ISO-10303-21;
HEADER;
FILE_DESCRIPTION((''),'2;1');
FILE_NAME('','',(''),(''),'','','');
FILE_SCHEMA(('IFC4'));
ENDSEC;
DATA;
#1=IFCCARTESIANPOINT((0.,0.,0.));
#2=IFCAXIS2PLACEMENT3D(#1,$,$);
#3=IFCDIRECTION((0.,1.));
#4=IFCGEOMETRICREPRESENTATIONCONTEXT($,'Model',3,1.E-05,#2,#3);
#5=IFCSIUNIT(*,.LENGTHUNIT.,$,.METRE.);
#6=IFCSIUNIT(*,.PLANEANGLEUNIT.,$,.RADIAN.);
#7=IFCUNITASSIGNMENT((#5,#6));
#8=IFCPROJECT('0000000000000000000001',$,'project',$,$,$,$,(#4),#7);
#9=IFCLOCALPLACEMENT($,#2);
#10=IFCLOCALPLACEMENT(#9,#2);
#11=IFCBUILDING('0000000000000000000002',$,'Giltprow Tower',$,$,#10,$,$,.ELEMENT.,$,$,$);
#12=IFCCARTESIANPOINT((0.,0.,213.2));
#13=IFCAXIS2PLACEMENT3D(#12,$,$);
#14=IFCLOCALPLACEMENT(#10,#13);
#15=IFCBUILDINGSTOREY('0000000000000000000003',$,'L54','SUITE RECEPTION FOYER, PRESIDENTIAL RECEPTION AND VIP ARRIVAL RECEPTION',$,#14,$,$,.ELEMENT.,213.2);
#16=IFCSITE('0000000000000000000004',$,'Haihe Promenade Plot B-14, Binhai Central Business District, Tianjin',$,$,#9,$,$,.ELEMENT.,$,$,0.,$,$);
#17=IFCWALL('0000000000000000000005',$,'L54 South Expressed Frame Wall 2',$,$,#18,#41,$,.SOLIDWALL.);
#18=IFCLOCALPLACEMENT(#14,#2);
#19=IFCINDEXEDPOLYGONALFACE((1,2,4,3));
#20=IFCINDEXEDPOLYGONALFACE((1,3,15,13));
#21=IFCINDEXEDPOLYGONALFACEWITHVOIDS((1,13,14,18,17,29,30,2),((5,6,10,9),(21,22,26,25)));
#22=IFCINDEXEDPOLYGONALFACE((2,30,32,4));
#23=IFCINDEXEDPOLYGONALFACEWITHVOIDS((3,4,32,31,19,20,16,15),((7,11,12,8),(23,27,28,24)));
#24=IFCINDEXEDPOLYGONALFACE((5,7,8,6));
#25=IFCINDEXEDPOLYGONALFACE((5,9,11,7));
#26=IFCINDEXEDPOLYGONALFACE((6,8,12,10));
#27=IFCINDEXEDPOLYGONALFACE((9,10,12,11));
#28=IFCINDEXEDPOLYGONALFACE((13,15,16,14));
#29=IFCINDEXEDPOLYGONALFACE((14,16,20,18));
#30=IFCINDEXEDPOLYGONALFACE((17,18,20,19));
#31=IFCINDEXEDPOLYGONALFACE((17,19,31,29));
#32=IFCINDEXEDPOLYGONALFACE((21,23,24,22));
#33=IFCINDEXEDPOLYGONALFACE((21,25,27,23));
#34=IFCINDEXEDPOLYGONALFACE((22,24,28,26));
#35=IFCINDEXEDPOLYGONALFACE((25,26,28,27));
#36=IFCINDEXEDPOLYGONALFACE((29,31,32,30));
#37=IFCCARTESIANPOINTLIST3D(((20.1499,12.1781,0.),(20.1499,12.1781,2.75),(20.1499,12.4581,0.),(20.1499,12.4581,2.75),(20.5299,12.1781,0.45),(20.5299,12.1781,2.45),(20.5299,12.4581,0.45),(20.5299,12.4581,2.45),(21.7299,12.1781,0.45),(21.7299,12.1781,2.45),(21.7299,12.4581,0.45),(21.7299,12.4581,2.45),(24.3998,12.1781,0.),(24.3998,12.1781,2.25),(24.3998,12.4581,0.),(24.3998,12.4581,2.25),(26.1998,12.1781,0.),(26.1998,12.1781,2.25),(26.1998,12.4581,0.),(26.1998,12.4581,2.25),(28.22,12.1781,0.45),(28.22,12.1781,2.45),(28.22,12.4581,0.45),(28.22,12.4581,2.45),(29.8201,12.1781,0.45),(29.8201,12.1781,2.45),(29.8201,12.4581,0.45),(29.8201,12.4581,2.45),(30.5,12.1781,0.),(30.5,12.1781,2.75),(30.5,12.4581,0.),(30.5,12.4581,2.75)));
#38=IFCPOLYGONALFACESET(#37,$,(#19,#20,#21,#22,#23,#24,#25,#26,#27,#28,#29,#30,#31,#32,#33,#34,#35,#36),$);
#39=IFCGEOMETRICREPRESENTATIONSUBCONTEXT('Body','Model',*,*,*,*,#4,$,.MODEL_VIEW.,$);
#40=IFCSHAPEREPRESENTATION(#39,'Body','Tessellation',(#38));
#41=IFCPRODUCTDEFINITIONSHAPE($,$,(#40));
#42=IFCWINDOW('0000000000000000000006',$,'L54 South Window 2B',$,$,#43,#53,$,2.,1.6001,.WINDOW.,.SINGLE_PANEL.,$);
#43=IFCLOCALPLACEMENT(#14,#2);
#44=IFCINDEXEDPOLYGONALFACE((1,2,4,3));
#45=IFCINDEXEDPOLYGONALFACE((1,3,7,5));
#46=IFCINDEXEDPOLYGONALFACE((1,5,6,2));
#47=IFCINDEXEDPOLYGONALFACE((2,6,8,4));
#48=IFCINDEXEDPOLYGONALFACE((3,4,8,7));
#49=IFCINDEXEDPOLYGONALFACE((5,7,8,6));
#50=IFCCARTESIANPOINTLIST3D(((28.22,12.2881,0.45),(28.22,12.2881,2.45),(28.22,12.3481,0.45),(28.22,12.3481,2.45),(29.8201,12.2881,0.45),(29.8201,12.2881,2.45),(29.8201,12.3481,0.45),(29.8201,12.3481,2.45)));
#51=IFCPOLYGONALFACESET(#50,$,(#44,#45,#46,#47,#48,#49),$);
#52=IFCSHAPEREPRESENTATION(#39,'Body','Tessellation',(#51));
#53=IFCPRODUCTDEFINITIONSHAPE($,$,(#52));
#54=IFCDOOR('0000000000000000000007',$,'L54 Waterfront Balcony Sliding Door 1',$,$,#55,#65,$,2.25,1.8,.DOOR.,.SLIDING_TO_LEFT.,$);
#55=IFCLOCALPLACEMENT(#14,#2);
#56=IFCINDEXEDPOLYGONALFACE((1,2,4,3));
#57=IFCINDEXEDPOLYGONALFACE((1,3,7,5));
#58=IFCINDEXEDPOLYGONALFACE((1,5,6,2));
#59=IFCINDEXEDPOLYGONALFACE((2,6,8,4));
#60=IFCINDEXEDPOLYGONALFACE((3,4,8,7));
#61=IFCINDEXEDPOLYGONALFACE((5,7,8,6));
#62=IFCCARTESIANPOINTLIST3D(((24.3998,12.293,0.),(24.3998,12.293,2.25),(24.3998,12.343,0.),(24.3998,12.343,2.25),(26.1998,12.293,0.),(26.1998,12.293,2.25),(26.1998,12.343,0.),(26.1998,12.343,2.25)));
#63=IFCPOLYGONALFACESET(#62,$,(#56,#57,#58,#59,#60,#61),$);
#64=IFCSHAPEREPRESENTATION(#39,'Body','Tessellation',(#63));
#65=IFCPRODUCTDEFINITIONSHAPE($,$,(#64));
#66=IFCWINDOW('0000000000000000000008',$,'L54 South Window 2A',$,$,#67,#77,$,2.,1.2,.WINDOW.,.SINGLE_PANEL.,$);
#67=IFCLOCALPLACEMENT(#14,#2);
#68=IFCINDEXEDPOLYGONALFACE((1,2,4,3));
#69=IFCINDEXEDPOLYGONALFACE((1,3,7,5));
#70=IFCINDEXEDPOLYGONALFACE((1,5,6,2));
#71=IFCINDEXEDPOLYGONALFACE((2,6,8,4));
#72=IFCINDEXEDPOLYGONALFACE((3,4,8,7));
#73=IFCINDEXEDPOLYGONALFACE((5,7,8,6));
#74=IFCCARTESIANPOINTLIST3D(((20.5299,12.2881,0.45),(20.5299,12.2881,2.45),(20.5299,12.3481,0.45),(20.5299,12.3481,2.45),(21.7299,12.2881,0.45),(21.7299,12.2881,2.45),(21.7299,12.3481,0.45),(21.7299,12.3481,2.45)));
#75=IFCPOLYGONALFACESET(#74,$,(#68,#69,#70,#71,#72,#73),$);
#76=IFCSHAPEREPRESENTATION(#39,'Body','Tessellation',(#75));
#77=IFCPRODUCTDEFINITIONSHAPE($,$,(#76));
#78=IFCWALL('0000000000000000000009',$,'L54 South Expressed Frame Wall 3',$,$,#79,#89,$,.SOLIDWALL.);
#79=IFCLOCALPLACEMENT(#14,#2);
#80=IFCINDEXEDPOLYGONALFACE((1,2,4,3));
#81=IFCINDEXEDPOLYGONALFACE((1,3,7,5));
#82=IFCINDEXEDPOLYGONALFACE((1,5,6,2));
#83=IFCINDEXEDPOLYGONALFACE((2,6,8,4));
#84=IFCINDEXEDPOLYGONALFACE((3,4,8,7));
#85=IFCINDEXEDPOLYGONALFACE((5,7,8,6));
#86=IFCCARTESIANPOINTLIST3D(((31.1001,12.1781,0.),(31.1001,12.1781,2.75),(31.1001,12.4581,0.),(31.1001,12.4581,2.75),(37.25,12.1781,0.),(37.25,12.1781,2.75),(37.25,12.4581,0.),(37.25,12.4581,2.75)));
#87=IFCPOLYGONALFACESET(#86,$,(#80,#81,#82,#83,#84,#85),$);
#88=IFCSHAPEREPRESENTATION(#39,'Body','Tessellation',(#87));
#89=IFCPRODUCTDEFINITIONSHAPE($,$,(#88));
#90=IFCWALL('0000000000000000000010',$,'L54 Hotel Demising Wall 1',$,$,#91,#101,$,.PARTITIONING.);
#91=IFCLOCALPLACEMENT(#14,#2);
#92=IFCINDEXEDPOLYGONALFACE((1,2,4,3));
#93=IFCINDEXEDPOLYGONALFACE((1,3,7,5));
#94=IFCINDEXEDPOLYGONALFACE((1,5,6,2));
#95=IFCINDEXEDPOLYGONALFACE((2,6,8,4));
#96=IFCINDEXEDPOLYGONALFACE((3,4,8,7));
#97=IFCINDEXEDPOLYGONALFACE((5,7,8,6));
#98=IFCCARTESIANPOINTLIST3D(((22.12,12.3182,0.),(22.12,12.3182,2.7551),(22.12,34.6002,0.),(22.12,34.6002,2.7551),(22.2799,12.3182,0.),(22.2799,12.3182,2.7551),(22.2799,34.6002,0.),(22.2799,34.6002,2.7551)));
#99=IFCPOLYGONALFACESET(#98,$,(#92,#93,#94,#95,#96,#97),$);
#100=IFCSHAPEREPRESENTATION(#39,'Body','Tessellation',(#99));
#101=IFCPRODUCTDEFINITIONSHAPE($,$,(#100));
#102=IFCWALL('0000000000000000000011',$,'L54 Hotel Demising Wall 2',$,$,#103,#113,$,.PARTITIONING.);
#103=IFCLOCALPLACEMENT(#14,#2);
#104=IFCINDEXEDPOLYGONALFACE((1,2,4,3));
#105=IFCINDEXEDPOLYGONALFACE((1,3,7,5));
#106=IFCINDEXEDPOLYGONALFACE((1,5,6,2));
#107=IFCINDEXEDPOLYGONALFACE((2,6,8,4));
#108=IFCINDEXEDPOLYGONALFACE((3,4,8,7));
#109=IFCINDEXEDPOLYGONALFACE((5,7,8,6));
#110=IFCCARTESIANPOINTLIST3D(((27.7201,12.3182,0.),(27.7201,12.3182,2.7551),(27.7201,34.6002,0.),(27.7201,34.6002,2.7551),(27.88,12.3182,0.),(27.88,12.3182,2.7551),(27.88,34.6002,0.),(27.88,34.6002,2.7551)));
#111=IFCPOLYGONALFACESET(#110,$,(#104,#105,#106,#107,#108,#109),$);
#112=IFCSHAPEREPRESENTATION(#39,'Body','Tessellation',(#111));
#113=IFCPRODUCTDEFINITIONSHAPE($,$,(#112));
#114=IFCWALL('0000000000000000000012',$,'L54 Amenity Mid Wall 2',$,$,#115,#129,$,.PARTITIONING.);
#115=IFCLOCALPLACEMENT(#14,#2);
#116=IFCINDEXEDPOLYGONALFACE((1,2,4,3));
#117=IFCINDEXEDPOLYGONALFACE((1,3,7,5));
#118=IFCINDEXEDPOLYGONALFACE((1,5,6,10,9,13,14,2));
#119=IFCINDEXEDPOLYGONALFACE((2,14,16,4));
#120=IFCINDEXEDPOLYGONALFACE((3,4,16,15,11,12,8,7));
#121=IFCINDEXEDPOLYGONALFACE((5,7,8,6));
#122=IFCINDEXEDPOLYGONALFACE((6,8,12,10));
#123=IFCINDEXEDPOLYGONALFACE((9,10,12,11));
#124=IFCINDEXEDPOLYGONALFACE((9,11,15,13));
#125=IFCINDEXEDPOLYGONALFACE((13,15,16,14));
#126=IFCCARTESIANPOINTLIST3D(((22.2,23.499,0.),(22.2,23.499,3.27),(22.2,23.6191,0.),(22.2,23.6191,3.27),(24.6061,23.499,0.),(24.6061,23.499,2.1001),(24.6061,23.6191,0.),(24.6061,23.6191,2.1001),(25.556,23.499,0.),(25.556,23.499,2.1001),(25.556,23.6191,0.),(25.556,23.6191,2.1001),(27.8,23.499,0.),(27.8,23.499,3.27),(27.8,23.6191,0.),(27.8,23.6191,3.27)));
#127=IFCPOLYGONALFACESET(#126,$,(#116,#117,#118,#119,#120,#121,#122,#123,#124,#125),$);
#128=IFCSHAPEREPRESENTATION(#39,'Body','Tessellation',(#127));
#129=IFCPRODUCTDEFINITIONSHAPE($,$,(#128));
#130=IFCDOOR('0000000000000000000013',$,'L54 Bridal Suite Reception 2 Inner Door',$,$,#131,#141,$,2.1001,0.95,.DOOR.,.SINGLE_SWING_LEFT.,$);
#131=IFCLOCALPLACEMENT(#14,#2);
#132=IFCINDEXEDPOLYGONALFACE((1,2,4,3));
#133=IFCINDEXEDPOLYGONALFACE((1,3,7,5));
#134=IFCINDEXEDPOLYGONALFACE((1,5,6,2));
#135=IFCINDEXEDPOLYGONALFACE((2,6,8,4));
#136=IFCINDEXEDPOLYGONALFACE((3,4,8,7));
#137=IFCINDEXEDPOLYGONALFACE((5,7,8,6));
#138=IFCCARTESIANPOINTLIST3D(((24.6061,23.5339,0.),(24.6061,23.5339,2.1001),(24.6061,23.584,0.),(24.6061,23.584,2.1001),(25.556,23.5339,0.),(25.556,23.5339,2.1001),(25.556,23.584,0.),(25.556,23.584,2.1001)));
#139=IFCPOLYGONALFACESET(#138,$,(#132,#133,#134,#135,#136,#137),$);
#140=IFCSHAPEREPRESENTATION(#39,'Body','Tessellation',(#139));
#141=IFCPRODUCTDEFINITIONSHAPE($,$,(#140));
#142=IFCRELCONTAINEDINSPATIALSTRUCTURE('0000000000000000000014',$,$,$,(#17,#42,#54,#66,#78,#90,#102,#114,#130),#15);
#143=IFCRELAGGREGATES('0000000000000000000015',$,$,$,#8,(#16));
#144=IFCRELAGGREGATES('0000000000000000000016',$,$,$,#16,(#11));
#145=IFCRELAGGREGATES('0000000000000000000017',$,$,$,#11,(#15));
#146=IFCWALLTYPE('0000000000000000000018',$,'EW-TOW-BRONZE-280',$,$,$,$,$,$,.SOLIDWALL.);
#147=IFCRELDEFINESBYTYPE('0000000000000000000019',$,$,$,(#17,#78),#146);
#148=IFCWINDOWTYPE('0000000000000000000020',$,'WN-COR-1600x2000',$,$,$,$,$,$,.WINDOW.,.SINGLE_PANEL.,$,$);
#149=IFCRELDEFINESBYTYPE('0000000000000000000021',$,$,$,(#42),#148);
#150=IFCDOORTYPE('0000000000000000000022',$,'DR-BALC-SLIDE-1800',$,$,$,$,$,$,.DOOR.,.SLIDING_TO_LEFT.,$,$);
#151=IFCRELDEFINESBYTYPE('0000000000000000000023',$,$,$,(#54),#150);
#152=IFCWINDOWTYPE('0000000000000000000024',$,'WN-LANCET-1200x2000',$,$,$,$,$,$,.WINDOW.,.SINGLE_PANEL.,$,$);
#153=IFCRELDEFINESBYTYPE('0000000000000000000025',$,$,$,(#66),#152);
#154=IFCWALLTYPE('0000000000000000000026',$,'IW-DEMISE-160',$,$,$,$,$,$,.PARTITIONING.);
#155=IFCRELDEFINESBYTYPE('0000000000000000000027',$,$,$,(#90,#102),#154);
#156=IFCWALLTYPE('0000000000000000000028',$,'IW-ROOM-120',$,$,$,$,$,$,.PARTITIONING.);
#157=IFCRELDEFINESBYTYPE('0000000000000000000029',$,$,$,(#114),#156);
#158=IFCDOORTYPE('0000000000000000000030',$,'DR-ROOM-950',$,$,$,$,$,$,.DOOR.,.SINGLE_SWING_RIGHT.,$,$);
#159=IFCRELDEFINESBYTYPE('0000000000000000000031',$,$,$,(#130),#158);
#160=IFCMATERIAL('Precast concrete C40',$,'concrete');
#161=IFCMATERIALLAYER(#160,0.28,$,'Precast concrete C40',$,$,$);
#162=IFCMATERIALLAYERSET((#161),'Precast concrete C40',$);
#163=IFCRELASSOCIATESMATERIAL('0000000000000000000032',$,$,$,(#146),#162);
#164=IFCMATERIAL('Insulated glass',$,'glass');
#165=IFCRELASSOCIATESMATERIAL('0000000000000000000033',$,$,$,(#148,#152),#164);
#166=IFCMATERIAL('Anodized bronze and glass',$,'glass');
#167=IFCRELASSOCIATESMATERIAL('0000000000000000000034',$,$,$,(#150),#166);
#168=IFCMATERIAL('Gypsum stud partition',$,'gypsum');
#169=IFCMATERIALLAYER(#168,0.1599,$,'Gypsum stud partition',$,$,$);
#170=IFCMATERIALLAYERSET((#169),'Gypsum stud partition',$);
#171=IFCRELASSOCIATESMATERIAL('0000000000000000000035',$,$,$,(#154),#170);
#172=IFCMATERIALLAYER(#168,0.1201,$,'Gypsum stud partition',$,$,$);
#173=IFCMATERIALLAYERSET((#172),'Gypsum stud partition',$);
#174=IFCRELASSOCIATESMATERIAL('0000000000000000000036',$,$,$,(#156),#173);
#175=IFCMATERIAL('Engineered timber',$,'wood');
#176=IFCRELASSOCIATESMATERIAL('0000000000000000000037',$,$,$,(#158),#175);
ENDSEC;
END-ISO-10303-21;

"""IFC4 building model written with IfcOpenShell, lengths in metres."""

from ifc_helpers import new_model, si_unit, direction, frame, frame_2d, origin, place, context, subcontext, project, spatial, rectangle, extrude, source, transform, mapped, material, layer, layer_set, type_object, element, fill, save


model = new_model("IFC4")

# Units and contexts
model_context = context("Model", 3, precision=1e-05, world=origin(), true_north=direction((0.0, 1.0)))
body_context = subcontext(model_context, "Body", "Model", "MODEL_VIEW")
ifc_project = project(units=[si_unit("LENGTHUNIT", "METRE"), si_unit("PLANEANGLEUNIT", "RADIAN")], contexts=[model_context])

# Site, building, storey
site_placement = place(None, origin())
site = spatial("IfcSite", under=ifc_project, at=site_placement, Name="Haihe Promenade Plot B-14, Binhai Central Business District, Tianjin", CompositionType="ELEMENT", RefElevation=0.0)
building_placement = place(site_placement, origin())
building = spatial("IfcBuilding", under=site, at=building_placement, Name="Giltprow Tower", CompositionType="ELEMENT")
storey_placement = place(building_placement, frame((0.0, 0.0, 213.2)))
storey = spatial("IfcBuildingStorey", under=building, at=storey_placement, Name="L54", Description="SUITE RECEPTION FOYER, PRESIDENTIAL RECEPTION AND VIP ARRIVAL RECEPTION", CompositionType="ELEMENT", Elevation=213.2)

# Wall, openings, windows, door
ifc_material_1 = material(Name="Precast concrete C40", Category="concrete")
ifc_layer_1 = layer(ifc_material_1, 0.28, Name="Precast concrete C40")
ifc_layer_set_1 = layer_set([ifc_layer_1], Name="Precast concrete C40")
wall_type_1 = type_object("IfcWallType", Name="EW-TOW-BRONZE-280", PredefinedType="SOLIDWALL", material=ifc_layer_set_1)
wall_1_placement = place(storey_placement, frame((20.1499, 12.3181, 0.0), z_axis=(0.0, 0.0, 1.0), x_axis=(1.0, 0.0, 0.0)))
wall_1 = element("IfcWall", 1, at=wall_1_placement, inside=storey, type_object=wall_type_1, Name="L54 South Expressed Frame Wall 2", PredefinedType="SOLIDWALL", context=body_context, shape_type="SweptSolid", body=[
    extrude(rectangle(XDim=10.3501, YDim=0.28, at=frame_2d((5.175, 0.0))), origin(), (0.0, 0.0, 1.0), 2.75),
])
opening_1_placement = place(wall_1_placement, frame((4.25, 0.0, 0.0)))
opening_1 = element("IfcOpeningElement", 2, at=opening_1_placement, cuts=wall_1, PredefinedType="OPENING", context=body_context, shape_type="SweptSolid", body=[
    extrude(rectangle(XDim=1.8, YDim=2.25, at=frame_2d((0.8999, 1.125))), frame((0.0, 0.1499, 0.0), z_axis=(0.0, -1.0, 0.0), x_axis=(1.0, 0.0, 0.0)), (0.0, 0.0, 1.0), 0.3),
])
opening_2_placement = place(wall_1_placement, frame((0.3799, 0.0, 0.45)))
opening_2 = element("IfcOpeningElement", 3, at=opening_2_placement, cuts=wall_1, PredefinedType="OPENING", context=body_context, shape_type="SweptSolid", body=[
    extrude(rectangle(XDim=1.2, YDim=2.0, at=frame_2d((0.6001, 1.0))), frame((0.0, 0.1499, 0.0), z_axis=(0.0, -1.0, 0.0), x_axis=(1.0, 0.0, 0.0)), (0.0, 0.0, 1.0), 0.3),
])
opening_3_placement = place(wall_1_placement, frame((8.0701, 0.0, 0.45)))
opening_3 = element("IfcOpeningElement", 4, at=opening_3_placement, cuts=wall_1, PredefinedType="OPENING", context=body_context, shape_type="SweptSolid", body=[
    extrude(rectangle(XDim=1.6001, YDim=2.0, at=frame_2d((0.8, 1.0))), frame((0.0, 0.1499, 0.0), z_axis=(0.0, -1.0, 0.0), x_axis=(1.0, 0.0, 0.0)), (0.0, 0.0, 1.0), 0.3),
])
ifc_material_2 = material(Name="Insulated glass", Category="glass")
window_type_1 = type_object("IfcWindowType", Name="WN-COR-1600x2000", PartitioningType="SINGLE_PANEL", PredefinedType="WINDOW", material=ifc_material_2)
shared_shape_1 = source(origin(), body_context, "Body", "SweptSolid", [
    extrude(rectangle(XDim=1.6001, YDim=2.0, at=frame_2d((0.8, 1.0))), frame((0.0, 0.03, 0.0), z_axis=(0.0, -1.0, 0.0), x_axis=(1.0, 0.0, 0.0)), (0.0, 0.0, 1.0), 0.0601),
])
window_1_placement = place(opening_3_placement, origin())
window_1 = element("IfcWindow", 5, at=window_1_placement, inside=storey, type_object=window_type_1, Name="L54 South Window 2B", OverallHeight=2.0, OverallWidth=1.6001, PartitioningType="SINGLE_PANEL", PredefinedType="WINDOW", context=body_context, shape_type="MappedRepresentation", body=[
    mapped(shared_shape_1, transform((0.0, 0.0, 0.0), x_axis=(1.0, 0.0, 0.0), y_axis=(0.0, 1.0, 0.0), z_axis=(0.0, 0.0, 1.0), scale=1.0)),
])
fill(opening_3, window_1)
ifc_material_3 = material(Name="Anodized bronze and glass", Category="glass")
door_type_1 = type_object("IfcDoorType", Name="DR-BALC-SLIDE-1800", OperationType="SLIDING_TO_LEFT", PredefinedType="DOOR", material=ifc_material_3)
shared_shape_2 = source(origin(), body_context, "Body", "SweptSolid", [
    extrude(rectangle(XDim=1.8, YDim=2.25, at=frame_2d((0.8999, 1.125))), frame((0.0, 0.0249, 0.0), z_axis=(0.0, -1.0, 0.0), x_axis=(1.0, 0.0, 0.0)), (0.0, 0.0, 1.0), 0.05),
])
door_1_placement = place(opening_1_placement, origin())
door_1 = element("IfcDoor", 6, at=door_1_placement, inside=storey, type_object=door_type_1, Name="L54 Waterfront Balcony Sliding Door 1", OperationType="SLIDING_TO_LEFT", OverallHeight=2.25, OverallWidth=1.8, PredefinedType="DOOR", context=body_context, shape_type="MappedRepresentation", body=[
    mapped(shared_shape_2, transform((0.0, 0.0, 0.0), x_axis=(1.0, 0.0, 0.0), y_axis=(0.0, 1.0, 0.0), z_axis=(0.0, 0.0, 1.0), scale=1.0)),
])
fill(opening_1, door_1)
window_type_2 = type_object("IfcWindowType", Name="WN-LANCET-1200x2000", PartitioningType="SINGLE_PANEL", PredefinedType="WINDOW", material=ifc_material_2)
shared_shape_3 = source(origin(), body_context, "Body", "SweptSolid", [
    extrude(rectangle(XDim=1.2, YDim=2.0, at=frame_2d((0.6001, 1.0))), frame((0.0, 0.03, 0.0), z_axis=(0.0, -1.0, 0.0), x_axis=(1.0, 0.0, 0.0)), (0.0, 0.0, 1.0), 0.0601),
])
window_2_placement = place(opening_2_placement, origin())
window_2 = element("IfcWindow", 7, at=window_2_placement, inside=storey, type_object=window_type_2, Name="L54 South Window 2A", OverallHeight=2.0, OverallWidth=1.2, PartitioningType="SINGLE_PANEL", PredefinedType="WINDOW", context=body_context, shape_type="MappedRepresentation", body=[
    mapped(shared_shape_3, transform((0.0, 0.0, 0.0), x_axis=(1.0, 0.0, 0.0), y_axis=(0.0, 1.0, 0.0), z_axis=(0.0, 0.0, 1.0), scale=1.0)),
])
fill(opening_2, window_2)

# Walls
wall_2_placement = place(storey_placement, frame((31.1001, 12.3181, 0.0), z_axis=(0.0, 0.0, 1.0), x_axis=(1.0, 0.0, 0.0)))
element("IfcWall", 8, at=wall_2_placement, inside=storey, type_object=wall_type_1, Name="L54 South Expressed Frame Wall 3", PredefinedType="SOLIDWALL", context=body_context, shape_type="SweptSolid", body=[
    extrude(rectangle(XDim=6.1499, YDim=0.28, at=frame_2d((3.075, 0.0))), origin(), (0.0, 0.0, 1.0), 2.75),
])
ifc_material_4 = material(Name="Gypsum stud partition", Category="gypsum")
ifc_layer_2 = layer(ifc_material_4, 0.1599, Name="Gypsum stud partition")
ifc_layer_set_2 = layer_set([ifc_layer_2], Name="Gypsum stud partition")
wall_type_2 = type_object("IfcWallType", Name="IW-DEMISE-160", PredefinedType="PARTITIONING", material=ifc_layer_set_2)
for number, where, z_axis, x_axis, name in (
    (9, (22.2, 12.3181, 0.0), (0.0, 0.0, 1.0), (0.0, 1.0, 0.0), "L54 Hotel Demising Wall 1"),
    (10, (27.8, 12.3181, 0.0), (0.0, 0.0, 1.0), (0.0, 1.0, 0.0), "L54 Hotel Demising Wall 2"),
):
    element("IfcWall", number, at=place(storey_placement, frame(where, z_axis=z_axis, x_axis=x_axis)), inside=storey, type_object=wall_type_2, Name=name, PredefinedType="PARTITIONING", context=body_context, shape_type="SweptSolid", body=[
        extrude(rectangle(XDim=22.282, YDim=0.1599, at=frame_2d((11.1411, 0.0))), origin(), (0.0, 0.0, 1.0), 2.7551),
    ])

# Wall, opening, door
ifc_layer_3 = layer(ifc_material_4, 0.1201, Name="Gypsum stud partition")
ifc_layer_set_3 = layer_set([ifc_layer_3], Name="Gypsum stud partition")
wall_type_3 = type_object("IfcWallType", Name="IW-ROOM-120", PredefinedType="PARTITIONING", material=ifc_layer_set_3)
wall_3_placement = place(storey_placement, frame((22.2, 23.5591, 0.0), z_axis=(0.0, 0.0, 1.0), x_axis=(1.0, 0.0, 0.0)))
wall_3 = element("IfcWall", 11, at=wall_3_placement, inside=storey, type_object=wall_type_3, Name="L54 Amenity Mid Wall 2", PredefinedType="PARTITIONING", context=body_context, shape_type="SweptSolid", body=[
    extrude(rectangle(XDim=5.6001, YDim=0.1201, at=frame_2d((2.8, 0.0))), origin(), (0.0, 0.0, 1.0), 3.27),
])
opening_4_placement = place(wall_3_placement, frame((2.406, 0.0, 0.0)))
opening_4 = element("IfcOpeningElement", 12, at=opening_4_placement, cuts=wall_3, PredefinedType="OPENING", context=body_context, shape_type="SweptSolid", body=[
    extrude(rectangle(XDim=0.95, YDim=2.1001, at=frame_2d((0.4751, 1.05))), frame((0.0, 0.0701, 0.0), z_axis=(0.0, -1.0, 0.0), x_axis=(1.0, 0.0, 0.0)), (0.0, 0.0, 1.0), 0.1401),
])
ifc_material_5 = material(Name="Engineered timber", Category="wood")
door_type_2 = type_object("IfcDoorType", Name="DR-ROOM-950", OperationType="SINGLE_SWING_RIGHT", PredefinedType="DOOR", material=ifc_material_5)
shared_shape_4 = source(origin(), body_context, "Body", "SweptSolid", [
    extrude(rectangle(XDim=0.95, YDim=2.1001, at=frame_2d((0.4751, 1.05))), frame((0.0, 0.0249, 0.0), z_axis=(0.0, -1.0, 0.0), x_axis=(1.0, 0.0, 0.0)), (0.0, 0.0, 1.0), 0.05),
])
door_2_placement = place(opening_4_placement, origin())
door_2 = element("IfcDoor", 13, at=door_2_placement, inside=storey, type_object=door_type_2, Name="L54 Bridal Suite Reception 2 Inner Door", OperationType="SINGLE_SWING_LEFT", OverallHeight=2.1001, OverallWidth=0.95, PredefinedType="DOOR", context=body_context, shape_type="MappedRepresentation", body=[
    mapped(shared_shape_4, transform((0.0, 0.0, 0.0), x_axis=(1.0, 0.0, 0.0), y_axis=(0.0, 1.0, 0.0), z_axis=(0.0, 0.0, 1.0), scale=1.0)),
])
fill(opening_4, door_2)

save(model, "model.ifc")
